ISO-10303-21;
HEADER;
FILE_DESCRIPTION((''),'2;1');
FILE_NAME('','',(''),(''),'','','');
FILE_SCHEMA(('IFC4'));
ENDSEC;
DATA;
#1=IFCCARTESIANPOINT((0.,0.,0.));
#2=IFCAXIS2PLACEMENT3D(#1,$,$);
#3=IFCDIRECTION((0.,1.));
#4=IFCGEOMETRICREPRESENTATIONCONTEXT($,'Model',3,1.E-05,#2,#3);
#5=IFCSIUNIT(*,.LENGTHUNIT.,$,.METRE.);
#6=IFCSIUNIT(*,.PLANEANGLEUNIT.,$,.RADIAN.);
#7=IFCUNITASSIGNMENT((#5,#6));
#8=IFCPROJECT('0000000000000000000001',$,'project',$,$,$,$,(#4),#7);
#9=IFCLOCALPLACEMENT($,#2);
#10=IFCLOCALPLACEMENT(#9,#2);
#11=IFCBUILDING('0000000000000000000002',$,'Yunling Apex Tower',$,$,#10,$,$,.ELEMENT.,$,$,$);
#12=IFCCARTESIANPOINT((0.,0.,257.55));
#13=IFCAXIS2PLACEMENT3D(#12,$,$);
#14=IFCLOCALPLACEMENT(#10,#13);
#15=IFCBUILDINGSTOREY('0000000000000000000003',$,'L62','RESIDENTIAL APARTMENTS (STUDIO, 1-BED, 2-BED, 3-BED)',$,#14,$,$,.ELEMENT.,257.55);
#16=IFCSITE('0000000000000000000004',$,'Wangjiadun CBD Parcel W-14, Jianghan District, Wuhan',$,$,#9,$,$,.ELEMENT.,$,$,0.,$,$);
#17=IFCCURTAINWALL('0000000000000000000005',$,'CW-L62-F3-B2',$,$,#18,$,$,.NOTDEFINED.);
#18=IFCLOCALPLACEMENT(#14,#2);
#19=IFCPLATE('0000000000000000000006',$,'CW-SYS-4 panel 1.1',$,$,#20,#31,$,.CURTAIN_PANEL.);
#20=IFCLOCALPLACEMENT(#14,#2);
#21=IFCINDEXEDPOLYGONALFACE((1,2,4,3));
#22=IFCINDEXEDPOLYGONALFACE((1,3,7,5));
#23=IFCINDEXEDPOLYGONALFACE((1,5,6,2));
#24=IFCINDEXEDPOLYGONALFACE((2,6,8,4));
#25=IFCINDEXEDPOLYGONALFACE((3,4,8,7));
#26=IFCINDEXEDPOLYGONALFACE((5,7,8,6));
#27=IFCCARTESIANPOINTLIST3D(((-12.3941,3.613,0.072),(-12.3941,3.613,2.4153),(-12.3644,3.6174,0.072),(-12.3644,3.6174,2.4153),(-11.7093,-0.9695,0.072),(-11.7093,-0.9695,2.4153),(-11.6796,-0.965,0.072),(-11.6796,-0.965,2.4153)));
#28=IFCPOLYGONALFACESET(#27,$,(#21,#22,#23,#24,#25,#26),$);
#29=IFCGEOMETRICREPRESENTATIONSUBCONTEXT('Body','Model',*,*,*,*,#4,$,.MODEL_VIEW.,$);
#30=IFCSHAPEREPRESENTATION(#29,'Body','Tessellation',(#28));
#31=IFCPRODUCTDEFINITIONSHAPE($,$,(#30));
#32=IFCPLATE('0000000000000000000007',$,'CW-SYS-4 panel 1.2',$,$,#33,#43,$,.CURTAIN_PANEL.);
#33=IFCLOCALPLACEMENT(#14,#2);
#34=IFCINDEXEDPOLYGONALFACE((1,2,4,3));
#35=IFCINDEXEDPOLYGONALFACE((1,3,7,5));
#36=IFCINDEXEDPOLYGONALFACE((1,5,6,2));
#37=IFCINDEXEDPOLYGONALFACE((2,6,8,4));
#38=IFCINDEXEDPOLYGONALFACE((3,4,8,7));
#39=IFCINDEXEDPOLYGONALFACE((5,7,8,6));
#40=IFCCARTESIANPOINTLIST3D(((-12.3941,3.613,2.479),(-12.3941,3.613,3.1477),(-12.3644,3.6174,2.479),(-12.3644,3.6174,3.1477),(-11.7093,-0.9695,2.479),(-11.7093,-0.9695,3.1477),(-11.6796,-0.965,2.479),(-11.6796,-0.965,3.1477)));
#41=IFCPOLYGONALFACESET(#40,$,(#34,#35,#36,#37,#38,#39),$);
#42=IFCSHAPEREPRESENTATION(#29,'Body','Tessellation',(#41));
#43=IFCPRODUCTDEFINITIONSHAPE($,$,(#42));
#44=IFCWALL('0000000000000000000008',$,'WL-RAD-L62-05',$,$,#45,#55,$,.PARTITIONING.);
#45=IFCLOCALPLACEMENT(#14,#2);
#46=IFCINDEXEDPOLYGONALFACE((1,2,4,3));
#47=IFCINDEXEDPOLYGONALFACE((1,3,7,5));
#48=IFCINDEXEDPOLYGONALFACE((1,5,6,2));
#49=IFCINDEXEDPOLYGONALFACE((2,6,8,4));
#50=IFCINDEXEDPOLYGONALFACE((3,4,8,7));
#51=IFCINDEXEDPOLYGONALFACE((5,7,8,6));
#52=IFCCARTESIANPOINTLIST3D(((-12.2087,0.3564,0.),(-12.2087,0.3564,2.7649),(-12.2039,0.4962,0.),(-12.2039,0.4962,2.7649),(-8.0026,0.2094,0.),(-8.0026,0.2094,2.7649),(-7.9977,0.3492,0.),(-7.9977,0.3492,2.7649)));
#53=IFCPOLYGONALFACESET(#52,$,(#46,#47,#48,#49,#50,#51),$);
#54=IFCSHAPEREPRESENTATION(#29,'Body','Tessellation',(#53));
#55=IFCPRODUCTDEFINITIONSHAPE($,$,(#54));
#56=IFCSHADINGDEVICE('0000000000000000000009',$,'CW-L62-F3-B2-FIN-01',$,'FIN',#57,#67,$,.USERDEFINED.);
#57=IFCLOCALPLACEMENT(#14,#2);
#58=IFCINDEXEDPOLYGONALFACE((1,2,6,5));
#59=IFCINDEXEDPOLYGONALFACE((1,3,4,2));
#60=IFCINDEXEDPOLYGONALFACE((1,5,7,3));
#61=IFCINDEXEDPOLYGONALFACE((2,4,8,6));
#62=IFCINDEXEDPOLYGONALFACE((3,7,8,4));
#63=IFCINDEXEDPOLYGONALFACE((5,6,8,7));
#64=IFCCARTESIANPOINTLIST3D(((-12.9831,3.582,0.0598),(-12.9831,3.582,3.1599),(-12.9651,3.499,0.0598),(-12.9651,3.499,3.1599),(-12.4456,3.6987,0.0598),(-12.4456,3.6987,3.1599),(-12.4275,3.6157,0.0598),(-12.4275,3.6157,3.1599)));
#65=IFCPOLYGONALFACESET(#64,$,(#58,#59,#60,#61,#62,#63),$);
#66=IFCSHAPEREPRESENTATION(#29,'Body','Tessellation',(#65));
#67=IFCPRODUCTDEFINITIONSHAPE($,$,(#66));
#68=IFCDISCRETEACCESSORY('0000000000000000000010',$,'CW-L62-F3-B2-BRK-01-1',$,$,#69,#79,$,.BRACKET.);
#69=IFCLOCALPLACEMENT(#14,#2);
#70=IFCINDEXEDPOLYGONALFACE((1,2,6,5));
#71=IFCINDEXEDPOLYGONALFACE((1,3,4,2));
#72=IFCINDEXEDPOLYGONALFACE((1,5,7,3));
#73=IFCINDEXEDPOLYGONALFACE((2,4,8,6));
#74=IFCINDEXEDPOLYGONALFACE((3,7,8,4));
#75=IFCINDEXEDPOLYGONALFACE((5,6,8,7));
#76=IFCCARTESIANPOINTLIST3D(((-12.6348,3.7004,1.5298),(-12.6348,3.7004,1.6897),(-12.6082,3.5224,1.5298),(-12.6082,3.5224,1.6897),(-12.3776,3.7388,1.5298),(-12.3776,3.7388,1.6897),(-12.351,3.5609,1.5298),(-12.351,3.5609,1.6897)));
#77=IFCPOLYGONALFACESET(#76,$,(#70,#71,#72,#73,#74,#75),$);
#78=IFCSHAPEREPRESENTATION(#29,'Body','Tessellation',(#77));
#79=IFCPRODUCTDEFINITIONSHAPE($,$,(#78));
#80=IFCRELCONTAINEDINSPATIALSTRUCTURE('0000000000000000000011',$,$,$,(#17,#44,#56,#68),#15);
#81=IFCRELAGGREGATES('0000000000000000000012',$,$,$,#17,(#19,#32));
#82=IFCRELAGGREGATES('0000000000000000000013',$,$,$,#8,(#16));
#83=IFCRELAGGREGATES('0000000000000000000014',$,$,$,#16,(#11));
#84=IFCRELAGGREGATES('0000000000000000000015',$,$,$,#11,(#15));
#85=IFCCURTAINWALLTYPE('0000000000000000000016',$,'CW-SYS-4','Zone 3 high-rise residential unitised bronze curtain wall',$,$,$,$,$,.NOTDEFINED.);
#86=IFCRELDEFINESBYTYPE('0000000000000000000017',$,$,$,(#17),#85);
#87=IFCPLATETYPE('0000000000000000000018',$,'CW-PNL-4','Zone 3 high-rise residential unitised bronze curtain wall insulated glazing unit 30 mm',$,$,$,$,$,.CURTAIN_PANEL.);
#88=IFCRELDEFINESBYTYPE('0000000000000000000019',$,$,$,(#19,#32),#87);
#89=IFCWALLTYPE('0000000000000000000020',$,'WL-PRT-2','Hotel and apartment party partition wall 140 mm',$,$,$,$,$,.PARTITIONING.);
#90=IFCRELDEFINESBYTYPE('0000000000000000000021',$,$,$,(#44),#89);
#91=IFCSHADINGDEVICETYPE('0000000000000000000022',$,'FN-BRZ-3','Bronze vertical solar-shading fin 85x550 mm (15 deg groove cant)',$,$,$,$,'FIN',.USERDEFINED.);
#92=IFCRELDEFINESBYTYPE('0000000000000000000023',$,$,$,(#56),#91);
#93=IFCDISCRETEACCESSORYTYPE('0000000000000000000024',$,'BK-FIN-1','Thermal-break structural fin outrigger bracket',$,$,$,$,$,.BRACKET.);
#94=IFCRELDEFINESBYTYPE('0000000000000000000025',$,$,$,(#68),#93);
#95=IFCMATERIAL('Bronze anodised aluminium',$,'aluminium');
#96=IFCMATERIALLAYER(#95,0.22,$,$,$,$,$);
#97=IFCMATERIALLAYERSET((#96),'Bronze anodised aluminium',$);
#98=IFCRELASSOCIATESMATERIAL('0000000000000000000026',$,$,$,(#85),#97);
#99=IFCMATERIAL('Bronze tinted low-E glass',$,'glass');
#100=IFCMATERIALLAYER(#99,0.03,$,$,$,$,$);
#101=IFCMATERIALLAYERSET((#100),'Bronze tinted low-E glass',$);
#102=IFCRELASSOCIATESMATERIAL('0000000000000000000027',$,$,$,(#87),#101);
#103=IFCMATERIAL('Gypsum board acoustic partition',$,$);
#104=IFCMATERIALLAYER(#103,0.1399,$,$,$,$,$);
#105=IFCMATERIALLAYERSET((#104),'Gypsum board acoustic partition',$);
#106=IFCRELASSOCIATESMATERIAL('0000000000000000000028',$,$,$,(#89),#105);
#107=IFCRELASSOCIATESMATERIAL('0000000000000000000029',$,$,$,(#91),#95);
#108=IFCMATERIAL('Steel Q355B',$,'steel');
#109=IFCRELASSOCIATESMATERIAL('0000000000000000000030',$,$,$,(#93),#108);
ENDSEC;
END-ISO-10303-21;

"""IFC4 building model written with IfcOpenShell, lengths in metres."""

from ifc_helpers import new_model, si_unit, direction, frame, frame_2d, origin, origin_2d, place, context, subcontext, project, spatial, rectangle, extrude, source, transform, mapped, material, layer, layer_set, material_profile, profile_set, type_object, element, aggregate, save


model = new_model("IFC4")

# Units and contexts
model_context = context("Model", 3, precision=1e-05, world=origin(), true_north=direction((0.0, 1.0)))
body_context = subcontext(model_context, "Body", "Model", "MODEL_VIEW")
ifc_project = project(units=[si_unit("LENGTHUNIT", "METRE"), si_unit("PLANEANGLEUNIT", "RADIAN")], contexts=[model_context])

# Site, building, storey
site_placement = place(None, origin())
site = spatial("IfcSite", under=ifc_project, at=site_placement, Name="Wangjiadun CBD Parcel W-14, Jianghan District, Wuhan", CompositionType="ELEMENT", RefElevation=0.0)
building_placement = place(site_placement, origin())
building = spatial("IfcBuilding", under=site, at=building_placement, Name="Yunling Apex Tower", CompositionType="ELEMENT")
storey_placement = place(building_placement, frame((0.0, 0.0, 257.55)))
storey = spatial("IfcBuildingStorey", under=building, at=storey_placement, Name="L62", Description="RESIDENTIAL APARTMENTS (STUDIO, 1-BED, 2-BED, 3-BED)", CompositionType="ELEMENT", Elevation=257.55)

# Shared definitions
ifc_material_1 = material(Name="Steel Q355B", Category="steel")

# Shared definitions
ifc_material_2 = material(Name="Bronze anodised aluminium", Category="aluminium")
ifc_layer_1 = layer(ifc_material_2, 0.22)
ifc_layer_set_1 = layer_set([ifc_layer_1], Name="Bronze anodised aluminium")
curtain_wall_type = type_object("IfcCurtainWallType", Name="CW-SYS-4", Description="Zone 3 high-rise residential unitised bronze curtain wall", PredefinedType="NOTDEFINED", material=ifc_layer_set_1)

# Curtain wall
curtain_wall_1_placement = place(storey_placement, origin())
curtain_wall_1 = element("IfcCurtainWall", 1, at=curtain_wall_1_placement, inside=storey, type_object=curtain_wall_type, Name="CW-L62-F3-B2", PredefinedType="NOTDEFINED")

# Plates
ifc_material_3 = material(Name="Bronze tinted low-E glass", Category="glass")
ifc_layer_2 = layer(ifc_material_3, 0.03)
ifc_layer_set_2 = layer_set([ifc_layer_2], Name="Bronze tinted low-E glass")
plate_type_1 = type_object("IfcPlateType", Name="CW-PNL-4", Description="Zone 3 high-rise residential unitised bronze curtain wall insulated glazing unit 30 mm", PredefinedType="CURTAIN_PANEL", material=ifc_layer_set_2)
shared_shape_1 = source(origin(), body_context, "Body", "SweptSolid", [
    extrude(rectangle(XDim=4.6333, YDim=0.03, at=origin_2d()), origin(), (0.0, 0.0, 1.0), 2.3433),
])
plate_1_placement = place(storey_placement, frame((-12.0369, 1.324, 0.072), z_axis=(0.0, 0.0, 1.0), x_axis=(0.147804, -0.989017, 0.0)))
plate_1 = element("IfcPlate", 2, at=plate_1_placement, type_object=plate_type_1, Name="CW-SYS-4 panel 1.1", PredefinedType="CURTAIN_PANEL", context=body_context, shape_type="MappedRepresentation", body=[
    mapped(shared_shape_1, transform((0.0, 0.0, 0.0), scale=1.0)),
])
shared_shape_2 = source(origin(), body_context, "Body", "SweptSolid", [
    extrude(rectangle(XDim=4.6333, YDim=0.03, at=origin_2d()), origin(), (0.0, 0.0, 1.0), 0.6687),
])
plate_2_placement = place(storey_placement, frame((-12.0369, 1.324, 2.479), z_axis=(0.0, 0.0, 1.0), x_axis=(0.147804, -0.989017, 0.0)))
plate_2 = element("IfcPlate", 3, at=plate_2_placement, type_object=plate_type_1, Name="CW-SYS-4 panel 1.2", PredefinedType="CURTAIN_PANEL", context=body_context, shape_type="MappedRepresentation", body=[
    mapped(shared_shape_2, transform((0.0, 0.0, 0.0), scale=1.0)),
])
aggregate(curtain_wall_1, [plate_1, plate_2])

# Wall
ifc_material_4 = material(Name="Gypsum board acoustic partition")
ifc_layer_3 = layer(ifc_material_4, 0.1399)
ifc_layer_set_3 = layer_set([ifc_layer_3], Name="Gypsum board acoustic partition")
wall_type = type_object("IfcWallType", Name="WL-PRT-2", Description="Hotel and apartment party partition wall 140 mm", PredefinedType="PARTITIONING", material=ifc_layer_set_3)
wall_placement = place(storey_placement, frame((-8.0, 0.2793, 0.0), z_axis=(0.0, 0.0, 1.0), x_axis=(-0.99939, 0.034922, 0.0)))
element("IfcWall", 4, at=wall_placement, inside=storey, type_object=wall_type, Name="WL-RAD-L62-05", PredefinedType="PARTITIONING", context=body_context, shape_type="SweptSolid", body=[
    extrude(rectangle(XDim=4.2087, YDim=0.1399, at=frame_2d((2.1045, 0.0))), origin(), (0.0, 0.0, 1.0), 2.7649),
])

# Shading device
ifc_material_profile_1 = material_profile(ifc_material_2, rectangle(XDim=0.085, YDim=0.55, at=origin_2d()))
ifc_profile_set_1 = profile_set([ifc_material_profile_1], Name="Bronze anodised aluminium")
shading_device_type = type_object("IfcShadingDeviceType", Name="FN-BRZ-3", Description="Bronze vertical solar-shading fin 85x550 mm (15 deg groove cant)", ElementType="FIN", PredefinedType="USERDEFINED", material=ifc_profile_set_1)
shared_shape_3 = source(origin(), body_context, "Body", "SweptSolid", [
    extrude(rectangle(XDim=0.085, YDim=0.55, at=origin_2d()), origin(), (0.0, 0.0, 1.0), 3.1001),
])
shading_device_placement = place(storey_placement, frame((-12.7053, 3.5989, 0.0598), z_axis=(0.0, 0.0, 1.0), x_axis=(0.212178, -0.977231, 0.0)))
element("IfcShadingDevice", 5, at=shading_device_placement, inside=storey, type_object=shading_device_type, Name="CW-L62-F3-B2-FIN-01", ObjectType="FIN", PredefinedType="USERDEFINED", context=body_context, shape_type="MappedRepresentation", body=[
    mapped(shared_shape_3, transform((0.0, 0.0, 0.0), scale=1.0)),
])

# Discrete accessory
discrete_accessory_type = type_object("IfcDiscreteAccessoryType", Name="BK-FIN-1", Description="Thermal-break structural fin outrigger bracket", PredefinedType="BRACKET", material=ifc_material_1)
shared_shape_4 = source(origin(), body_context, "Body", "SweptSolid", [
    extrude(rectangle(XDim=0.1799, YDim=0.26, at=origin_2d()), origin(), (0.0, 0.0, 1.0), 0.1599),
])
discrete_accessory_placement = place(storey_placement, frame((-12.4929, 3.6306, 1.5298), z_axis=(0.0, 0.0, 1.0), x_axis=(0.147809, -0.989016, 0.0)))
element("IfcDiscreteAccessory", 6, at=discrete_accessory_placement, inside=storey, type_object=discrete_accessory_type, Name="CW-L62-F3-B2-BRK-01-1", PredefinedType="BRACKET", context=body_context, shape_type="MappedRepresentation", body=[
    mapped(shared_shape_4, transform((0.0, 0.0, 0.0), scale=1.0)),
])

save(model, "model.ifc")
